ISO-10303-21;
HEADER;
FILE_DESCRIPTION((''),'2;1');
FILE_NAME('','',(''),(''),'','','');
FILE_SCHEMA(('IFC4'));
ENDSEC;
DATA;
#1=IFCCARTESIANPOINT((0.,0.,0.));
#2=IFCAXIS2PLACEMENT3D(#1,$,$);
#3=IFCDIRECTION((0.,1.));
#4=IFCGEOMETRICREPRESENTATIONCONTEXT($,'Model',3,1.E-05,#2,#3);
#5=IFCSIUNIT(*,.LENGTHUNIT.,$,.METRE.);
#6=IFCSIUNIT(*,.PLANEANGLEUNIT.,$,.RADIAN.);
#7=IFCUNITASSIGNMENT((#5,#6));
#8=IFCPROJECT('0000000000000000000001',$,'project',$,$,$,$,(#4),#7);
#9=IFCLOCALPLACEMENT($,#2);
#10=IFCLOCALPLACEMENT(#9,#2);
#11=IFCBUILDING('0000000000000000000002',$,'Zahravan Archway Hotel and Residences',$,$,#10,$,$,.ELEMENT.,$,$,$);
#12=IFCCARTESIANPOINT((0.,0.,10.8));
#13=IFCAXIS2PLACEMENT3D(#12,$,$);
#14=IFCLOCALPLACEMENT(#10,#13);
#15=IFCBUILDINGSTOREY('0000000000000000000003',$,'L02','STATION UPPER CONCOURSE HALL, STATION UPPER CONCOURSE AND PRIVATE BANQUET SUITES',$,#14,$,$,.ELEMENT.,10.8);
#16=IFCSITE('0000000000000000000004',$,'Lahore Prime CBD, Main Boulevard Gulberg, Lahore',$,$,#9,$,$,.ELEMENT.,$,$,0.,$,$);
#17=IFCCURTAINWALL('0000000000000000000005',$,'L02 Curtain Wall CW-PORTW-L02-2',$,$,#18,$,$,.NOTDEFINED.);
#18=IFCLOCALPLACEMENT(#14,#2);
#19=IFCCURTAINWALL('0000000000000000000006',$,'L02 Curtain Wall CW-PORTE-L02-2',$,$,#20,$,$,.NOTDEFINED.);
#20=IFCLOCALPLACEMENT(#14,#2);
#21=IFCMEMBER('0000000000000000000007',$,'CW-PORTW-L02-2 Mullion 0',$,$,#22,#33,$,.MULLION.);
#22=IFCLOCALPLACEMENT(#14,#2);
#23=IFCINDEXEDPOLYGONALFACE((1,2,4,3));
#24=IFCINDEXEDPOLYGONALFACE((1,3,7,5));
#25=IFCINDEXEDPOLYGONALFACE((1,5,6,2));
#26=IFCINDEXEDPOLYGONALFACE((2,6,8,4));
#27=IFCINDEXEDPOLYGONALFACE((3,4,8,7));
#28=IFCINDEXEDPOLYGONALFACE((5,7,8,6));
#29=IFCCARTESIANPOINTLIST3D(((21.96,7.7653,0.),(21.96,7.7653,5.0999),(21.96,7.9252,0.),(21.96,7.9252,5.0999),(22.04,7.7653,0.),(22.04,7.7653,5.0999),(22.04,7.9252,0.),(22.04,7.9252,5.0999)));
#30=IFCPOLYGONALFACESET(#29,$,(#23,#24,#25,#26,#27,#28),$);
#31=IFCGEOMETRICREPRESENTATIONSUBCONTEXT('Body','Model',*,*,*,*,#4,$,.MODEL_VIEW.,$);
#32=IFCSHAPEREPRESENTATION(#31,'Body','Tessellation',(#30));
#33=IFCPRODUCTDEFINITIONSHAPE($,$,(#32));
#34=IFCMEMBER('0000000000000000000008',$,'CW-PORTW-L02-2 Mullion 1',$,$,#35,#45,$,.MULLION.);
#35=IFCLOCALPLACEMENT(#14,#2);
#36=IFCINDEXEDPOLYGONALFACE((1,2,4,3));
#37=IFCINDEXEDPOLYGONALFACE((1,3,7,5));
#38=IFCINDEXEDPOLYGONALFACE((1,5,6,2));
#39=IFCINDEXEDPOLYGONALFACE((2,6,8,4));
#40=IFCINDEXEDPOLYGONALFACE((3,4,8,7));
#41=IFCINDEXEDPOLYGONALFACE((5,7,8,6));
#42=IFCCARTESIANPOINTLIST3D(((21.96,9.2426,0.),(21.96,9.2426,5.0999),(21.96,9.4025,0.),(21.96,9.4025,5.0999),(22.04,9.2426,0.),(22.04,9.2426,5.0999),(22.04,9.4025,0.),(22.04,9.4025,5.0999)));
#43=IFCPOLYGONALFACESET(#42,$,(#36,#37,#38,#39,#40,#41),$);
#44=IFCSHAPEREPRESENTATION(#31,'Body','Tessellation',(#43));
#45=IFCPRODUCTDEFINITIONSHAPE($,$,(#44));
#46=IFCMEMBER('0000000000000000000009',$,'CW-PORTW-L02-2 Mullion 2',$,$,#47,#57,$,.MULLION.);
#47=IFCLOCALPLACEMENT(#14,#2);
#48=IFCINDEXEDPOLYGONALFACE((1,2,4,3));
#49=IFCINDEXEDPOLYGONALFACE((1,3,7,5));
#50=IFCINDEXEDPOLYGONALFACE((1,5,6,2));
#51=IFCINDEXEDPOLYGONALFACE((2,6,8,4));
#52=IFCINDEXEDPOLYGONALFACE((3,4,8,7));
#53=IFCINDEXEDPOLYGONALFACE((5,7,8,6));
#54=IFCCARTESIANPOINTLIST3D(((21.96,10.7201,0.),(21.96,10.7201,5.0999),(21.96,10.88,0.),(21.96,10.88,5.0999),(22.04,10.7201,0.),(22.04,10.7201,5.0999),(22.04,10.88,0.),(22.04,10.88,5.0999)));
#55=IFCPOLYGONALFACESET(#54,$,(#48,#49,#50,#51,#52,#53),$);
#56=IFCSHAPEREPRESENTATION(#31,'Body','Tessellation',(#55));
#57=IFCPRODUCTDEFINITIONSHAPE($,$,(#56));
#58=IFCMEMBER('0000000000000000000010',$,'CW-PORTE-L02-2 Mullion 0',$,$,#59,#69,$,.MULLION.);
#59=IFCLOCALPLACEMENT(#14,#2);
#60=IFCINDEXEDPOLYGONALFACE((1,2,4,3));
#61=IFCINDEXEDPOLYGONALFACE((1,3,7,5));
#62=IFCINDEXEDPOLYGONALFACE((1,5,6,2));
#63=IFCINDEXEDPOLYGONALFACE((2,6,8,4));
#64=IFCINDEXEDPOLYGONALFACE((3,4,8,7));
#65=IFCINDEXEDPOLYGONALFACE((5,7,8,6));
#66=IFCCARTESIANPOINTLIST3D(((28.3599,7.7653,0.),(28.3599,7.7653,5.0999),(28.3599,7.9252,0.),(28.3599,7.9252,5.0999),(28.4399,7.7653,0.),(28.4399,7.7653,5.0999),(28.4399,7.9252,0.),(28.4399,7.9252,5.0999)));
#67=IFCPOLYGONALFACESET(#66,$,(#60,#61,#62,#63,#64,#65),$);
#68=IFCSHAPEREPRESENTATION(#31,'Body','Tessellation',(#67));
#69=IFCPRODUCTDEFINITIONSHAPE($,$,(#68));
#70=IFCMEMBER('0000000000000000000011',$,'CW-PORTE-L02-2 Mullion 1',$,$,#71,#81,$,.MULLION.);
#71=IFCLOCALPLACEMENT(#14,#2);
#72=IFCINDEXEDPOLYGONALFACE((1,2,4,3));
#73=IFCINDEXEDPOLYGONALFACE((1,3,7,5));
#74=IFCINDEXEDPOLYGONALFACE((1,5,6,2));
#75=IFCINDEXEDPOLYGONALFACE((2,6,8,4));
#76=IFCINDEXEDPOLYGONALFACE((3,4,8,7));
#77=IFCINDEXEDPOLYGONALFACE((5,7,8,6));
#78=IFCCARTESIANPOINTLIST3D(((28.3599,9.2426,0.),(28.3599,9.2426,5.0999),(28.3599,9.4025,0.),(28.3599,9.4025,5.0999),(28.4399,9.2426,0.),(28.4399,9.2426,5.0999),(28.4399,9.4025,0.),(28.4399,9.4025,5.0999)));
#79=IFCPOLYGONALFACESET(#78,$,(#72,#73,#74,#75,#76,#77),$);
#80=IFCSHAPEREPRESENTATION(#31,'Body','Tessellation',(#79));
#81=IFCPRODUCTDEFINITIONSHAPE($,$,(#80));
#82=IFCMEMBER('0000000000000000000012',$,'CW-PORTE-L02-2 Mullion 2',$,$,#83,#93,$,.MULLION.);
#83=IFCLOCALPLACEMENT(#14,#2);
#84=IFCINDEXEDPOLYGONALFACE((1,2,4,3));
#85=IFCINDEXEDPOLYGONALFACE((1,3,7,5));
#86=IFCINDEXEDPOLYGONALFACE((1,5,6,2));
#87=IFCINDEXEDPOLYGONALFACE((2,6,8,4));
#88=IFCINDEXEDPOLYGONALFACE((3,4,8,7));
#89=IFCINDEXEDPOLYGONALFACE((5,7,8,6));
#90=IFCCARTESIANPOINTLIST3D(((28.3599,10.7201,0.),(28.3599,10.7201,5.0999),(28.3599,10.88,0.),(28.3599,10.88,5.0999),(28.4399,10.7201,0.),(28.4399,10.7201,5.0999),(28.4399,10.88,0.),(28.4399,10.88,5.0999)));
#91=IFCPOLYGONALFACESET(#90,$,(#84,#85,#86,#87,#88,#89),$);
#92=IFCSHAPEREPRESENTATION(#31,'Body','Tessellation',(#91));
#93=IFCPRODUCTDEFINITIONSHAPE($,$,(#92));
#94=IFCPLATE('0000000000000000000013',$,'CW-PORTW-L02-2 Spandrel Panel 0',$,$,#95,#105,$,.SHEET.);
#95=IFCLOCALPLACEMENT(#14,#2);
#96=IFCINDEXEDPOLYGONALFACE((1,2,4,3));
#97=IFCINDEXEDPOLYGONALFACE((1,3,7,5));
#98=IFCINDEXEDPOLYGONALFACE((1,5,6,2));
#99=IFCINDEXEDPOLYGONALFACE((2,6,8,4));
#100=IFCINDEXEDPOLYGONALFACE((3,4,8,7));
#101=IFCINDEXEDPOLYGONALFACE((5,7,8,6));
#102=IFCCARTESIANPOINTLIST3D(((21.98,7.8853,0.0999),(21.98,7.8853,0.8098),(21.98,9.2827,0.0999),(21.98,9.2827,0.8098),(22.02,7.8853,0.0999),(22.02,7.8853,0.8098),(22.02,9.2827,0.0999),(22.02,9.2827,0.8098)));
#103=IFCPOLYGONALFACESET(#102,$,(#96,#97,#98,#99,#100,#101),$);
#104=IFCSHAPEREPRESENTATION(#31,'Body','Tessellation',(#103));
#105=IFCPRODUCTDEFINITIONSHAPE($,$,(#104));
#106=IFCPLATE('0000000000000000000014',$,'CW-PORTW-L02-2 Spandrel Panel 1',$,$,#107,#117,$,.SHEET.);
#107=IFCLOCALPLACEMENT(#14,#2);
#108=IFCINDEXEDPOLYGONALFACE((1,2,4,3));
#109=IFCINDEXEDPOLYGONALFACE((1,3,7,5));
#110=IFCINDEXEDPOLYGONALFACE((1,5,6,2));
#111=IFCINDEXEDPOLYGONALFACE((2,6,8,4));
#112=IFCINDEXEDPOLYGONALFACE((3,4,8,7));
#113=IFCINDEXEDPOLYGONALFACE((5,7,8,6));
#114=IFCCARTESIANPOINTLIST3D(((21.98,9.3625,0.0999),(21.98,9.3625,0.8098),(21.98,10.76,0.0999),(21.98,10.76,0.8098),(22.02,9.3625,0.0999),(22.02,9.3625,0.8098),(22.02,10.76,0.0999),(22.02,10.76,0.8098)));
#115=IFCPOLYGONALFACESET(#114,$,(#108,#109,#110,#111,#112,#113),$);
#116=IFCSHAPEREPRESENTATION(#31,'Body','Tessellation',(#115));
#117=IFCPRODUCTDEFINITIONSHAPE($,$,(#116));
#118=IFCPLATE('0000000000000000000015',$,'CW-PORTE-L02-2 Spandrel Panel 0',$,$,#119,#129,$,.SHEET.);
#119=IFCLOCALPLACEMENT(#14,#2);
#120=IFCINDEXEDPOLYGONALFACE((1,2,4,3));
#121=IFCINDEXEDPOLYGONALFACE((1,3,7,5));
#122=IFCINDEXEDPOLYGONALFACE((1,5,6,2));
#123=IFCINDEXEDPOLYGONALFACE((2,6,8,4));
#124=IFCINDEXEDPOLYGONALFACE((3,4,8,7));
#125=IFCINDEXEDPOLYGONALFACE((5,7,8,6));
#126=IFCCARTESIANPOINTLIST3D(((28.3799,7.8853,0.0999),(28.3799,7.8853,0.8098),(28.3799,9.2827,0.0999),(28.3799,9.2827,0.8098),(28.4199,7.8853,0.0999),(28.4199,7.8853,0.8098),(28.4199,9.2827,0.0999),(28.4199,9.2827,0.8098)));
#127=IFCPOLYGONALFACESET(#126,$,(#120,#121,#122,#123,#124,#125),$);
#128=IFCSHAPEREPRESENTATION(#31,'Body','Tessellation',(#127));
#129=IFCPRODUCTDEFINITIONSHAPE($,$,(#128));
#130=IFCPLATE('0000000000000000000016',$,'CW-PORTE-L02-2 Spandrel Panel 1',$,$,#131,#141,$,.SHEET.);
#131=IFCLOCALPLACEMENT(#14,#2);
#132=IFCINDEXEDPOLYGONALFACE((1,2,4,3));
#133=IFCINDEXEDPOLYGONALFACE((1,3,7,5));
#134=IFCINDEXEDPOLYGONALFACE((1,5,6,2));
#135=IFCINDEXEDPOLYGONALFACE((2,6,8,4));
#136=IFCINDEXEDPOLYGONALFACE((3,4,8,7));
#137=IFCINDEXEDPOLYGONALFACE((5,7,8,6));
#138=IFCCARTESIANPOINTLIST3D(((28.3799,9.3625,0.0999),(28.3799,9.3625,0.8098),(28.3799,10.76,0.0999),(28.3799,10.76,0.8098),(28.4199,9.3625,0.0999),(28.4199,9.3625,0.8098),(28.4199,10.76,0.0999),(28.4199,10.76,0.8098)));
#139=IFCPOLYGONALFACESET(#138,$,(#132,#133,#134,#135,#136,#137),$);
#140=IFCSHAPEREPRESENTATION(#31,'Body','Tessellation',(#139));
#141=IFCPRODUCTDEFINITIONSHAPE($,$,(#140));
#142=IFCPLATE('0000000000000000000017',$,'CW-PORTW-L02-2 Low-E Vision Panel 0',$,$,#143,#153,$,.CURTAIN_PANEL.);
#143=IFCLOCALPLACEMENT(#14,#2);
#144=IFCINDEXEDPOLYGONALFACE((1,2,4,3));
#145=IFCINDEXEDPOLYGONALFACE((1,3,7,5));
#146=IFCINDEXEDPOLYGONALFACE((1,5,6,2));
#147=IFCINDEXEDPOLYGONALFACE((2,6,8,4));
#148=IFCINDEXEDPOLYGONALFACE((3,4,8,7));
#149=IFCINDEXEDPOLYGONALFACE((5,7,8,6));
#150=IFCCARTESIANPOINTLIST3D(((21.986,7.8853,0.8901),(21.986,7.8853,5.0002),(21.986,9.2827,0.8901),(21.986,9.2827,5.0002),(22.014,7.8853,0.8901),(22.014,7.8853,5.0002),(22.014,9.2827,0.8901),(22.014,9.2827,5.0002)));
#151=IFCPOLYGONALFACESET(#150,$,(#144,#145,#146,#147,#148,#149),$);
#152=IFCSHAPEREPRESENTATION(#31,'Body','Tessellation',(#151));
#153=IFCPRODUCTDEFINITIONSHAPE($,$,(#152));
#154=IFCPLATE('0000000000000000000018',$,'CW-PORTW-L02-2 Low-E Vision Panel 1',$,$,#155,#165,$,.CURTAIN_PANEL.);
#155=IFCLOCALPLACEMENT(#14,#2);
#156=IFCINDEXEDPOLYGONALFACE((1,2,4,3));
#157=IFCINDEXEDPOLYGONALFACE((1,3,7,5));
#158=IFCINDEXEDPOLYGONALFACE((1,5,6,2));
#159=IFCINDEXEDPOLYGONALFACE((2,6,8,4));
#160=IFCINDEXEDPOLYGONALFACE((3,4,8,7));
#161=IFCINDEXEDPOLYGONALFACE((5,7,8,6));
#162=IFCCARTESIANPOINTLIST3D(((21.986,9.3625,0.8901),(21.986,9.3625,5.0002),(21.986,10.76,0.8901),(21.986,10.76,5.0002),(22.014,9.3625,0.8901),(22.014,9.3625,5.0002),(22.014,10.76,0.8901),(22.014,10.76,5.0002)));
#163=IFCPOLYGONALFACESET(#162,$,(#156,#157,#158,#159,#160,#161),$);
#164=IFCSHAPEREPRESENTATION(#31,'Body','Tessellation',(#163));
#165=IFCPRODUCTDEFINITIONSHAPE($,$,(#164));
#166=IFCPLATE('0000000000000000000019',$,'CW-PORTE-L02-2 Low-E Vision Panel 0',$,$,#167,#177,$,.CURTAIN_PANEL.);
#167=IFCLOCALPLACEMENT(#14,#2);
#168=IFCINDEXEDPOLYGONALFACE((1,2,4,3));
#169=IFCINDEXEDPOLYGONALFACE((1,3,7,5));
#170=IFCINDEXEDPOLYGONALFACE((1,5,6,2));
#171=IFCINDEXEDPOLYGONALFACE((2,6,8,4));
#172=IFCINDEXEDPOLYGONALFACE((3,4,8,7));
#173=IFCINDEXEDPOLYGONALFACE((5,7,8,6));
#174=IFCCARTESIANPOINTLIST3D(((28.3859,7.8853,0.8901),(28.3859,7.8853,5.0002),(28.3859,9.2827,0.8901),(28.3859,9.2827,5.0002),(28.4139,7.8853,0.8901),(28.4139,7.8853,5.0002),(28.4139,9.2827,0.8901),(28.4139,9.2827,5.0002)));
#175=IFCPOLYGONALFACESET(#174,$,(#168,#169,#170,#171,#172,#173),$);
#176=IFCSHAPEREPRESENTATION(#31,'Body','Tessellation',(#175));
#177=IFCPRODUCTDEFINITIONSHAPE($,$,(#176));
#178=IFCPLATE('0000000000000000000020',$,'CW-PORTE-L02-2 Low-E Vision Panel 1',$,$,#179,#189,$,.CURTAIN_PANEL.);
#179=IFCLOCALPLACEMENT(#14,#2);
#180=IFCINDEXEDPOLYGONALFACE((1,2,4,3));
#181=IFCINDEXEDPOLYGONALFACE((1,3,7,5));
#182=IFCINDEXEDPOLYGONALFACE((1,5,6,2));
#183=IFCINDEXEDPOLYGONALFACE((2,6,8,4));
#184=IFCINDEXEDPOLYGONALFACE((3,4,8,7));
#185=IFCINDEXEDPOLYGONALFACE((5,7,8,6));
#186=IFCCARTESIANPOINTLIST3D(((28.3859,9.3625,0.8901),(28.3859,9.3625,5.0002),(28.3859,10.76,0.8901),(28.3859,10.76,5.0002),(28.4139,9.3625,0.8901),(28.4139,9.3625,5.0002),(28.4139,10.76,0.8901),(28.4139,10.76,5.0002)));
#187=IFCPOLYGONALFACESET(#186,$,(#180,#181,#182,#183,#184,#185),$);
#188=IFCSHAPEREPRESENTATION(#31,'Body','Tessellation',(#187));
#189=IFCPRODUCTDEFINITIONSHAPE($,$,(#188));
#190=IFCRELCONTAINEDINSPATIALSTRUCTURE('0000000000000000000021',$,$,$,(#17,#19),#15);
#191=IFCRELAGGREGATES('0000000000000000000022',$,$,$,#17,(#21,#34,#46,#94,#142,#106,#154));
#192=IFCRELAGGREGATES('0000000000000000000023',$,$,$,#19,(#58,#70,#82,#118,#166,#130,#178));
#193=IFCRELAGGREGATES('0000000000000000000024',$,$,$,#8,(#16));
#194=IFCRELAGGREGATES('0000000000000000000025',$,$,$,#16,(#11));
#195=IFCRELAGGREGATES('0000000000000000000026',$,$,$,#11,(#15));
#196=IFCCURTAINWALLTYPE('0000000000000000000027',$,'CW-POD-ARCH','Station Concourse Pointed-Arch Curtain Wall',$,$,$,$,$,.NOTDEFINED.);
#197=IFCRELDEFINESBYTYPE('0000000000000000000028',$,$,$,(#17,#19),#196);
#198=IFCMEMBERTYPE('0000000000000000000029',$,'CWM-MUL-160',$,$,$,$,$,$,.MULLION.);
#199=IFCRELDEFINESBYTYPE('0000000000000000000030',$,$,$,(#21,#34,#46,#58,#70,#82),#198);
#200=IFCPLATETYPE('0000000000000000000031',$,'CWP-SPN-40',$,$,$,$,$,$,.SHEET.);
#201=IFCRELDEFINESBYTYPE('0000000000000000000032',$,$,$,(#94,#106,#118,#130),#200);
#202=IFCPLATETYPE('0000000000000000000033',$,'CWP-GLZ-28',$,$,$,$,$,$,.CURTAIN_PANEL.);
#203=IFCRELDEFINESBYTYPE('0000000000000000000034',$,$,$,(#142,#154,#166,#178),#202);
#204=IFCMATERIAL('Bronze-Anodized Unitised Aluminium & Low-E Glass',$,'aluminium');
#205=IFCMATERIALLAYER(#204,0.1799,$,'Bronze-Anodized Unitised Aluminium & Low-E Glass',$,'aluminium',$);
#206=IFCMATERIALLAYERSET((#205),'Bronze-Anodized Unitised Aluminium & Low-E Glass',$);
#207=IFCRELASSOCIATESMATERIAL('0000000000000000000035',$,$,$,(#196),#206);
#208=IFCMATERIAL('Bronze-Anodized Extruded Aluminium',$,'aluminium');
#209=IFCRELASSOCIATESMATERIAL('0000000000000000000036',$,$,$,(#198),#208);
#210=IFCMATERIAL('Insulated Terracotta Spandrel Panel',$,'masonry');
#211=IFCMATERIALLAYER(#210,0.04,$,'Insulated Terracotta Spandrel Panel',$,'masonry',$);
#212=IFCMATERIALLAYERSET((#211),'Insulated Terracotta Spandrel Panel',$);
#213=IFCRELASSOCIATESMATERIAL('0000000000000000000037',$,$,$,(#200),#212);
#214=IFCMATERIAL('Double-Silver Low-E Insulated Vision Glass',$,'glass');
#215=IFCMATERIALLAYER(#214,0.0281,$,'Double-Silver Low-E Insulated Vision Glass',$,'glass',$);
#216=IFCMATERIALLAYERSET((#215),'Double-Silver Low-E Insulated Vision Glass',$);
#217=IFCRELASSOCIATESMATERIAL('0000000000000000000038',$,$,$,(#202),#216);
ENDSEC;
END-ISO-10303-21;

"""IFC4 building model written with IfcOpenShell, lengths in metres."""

from ifc_helpers import new_model, si_unit, direction, frame, origin, origin_2d, place, context, subcontext, project, spatial, rectangle, extrude, source, transform, mapped, material, layer, layer_set, material_profile, profile_set, type_object, element, aggregate, save


model = new_model("IFC4")

# Units and contexts
model_context = context("Model", 3, precision=1e-05, world=origin(), true_north=direction((0.0, 1.0)))
body_context = subcontext(model_context, "Body", "Model", "MODEL_VIEW")
ifc_project = project(units=[si_unit("LENGTHUNIT", "METRE"), si_unit("PLANEANGLEUNIT", "RADIAN")], contexts=[model_context])

# Site, building, storey
site_placement = place(None, origin())
site = spatial("IfcSite", under=ifc_project, at=site_placement, Name="Lahore Prime CBD, Main Boulevard Gulberg, Lahore", CompositionType="ELEMENT", RefElevation=0.0)
building_placement = place(site_placement, origin())
building = spatial("IfcBuilding", under=site, at=building_placement, Name="Zahravan Archway Hotel and Residences", CompositionType="ELEMENT")
storey_placement = place(building_placement, frame((0.0, 0.0, 10.8)))
storey = spatial("IfcBuildingStorey", under=building, at=storey_placement, Name="L02", Description="STATION UPPER CONCOURSE HALL, STATION UPPER CONCOURSE AND PRIVATE BANQUET SUITES", CompositionType="ELEMENT", Elevation=10.8)

# Curtain walls
ifc_material_1 = material(Name="Bronze-Anodized Unitised Aluminium & Low-E Glass", Category="aluminium")
ifc_layer_1 = layer(ifc_material_1, 0.1799, Name="Bronze-Anodized Unitised Aluminium & Low-E Glass", Category="aluminium")
ifc_layer_set_1 = layer_set([ifc_layer_1], Name="Bronze-Anodized Unitised Aluminium & Low-E Glass")
curtain_wall_type = type_object("IfcCurtainWallType", Name="CW-POD-ARCH", Description="Station Concourse Pointed-Arch Curtain Wall", PredefinedType="NOTDEFINED", material=ifc_layer_set_1)
curtain_wall_1_placement = place(storey_placement, origin())
curtain_wall_1 = element("IfcCurtainWall", 1, at=curtain_wall_1_placement, inside=storey, type_object=curtain_wall_type, Name="L02 Curtain Wall CW-PORTW-L02-2", PredefinedType="NOTDEFINED")
ifc_material_2 = material(Name="Bronze-Anodized Extruded Aluminium", Category="aluminium")
curtain_wall_2_placement = place(storey_placement, origin())
curtain_wall_2 = element("IfcCurtainWall", 2, at=curtain_wall_2_placement, inside=storey, type_object=curtain_wall_type, Name="L02 Curtain Wall CW-PORTE-L02-2", PredefinedType="NOTDEFINED")

# Members
ifc_material_profile_1 = material_profile(ifc_material_2, rectangle(XDim=0.0801, YDim=0.1599, at=origin_2d()), Name="MUL 80x160", Category="aluminium")
ifc_profile_set_1 = profile_set([ifc_material_profile_1], Name="Bronze-Anodized Extruded Aluminium")
member_type_1 = type_object("IfcMemberType", Name="CWM-MUL-160", PredefinedType="MULLION", material=ifc_profile_set_1)
shared_shape_1 = source(origin(), body_context, "Body", "SweptSolid", [
    extrude(rectangle(XDim=0.0801, YDim=0.1599, at=origin_2d()), origin(), (0.0, 0.0, 1.0), 5.0999),
])
member_1_placement = place(storey_placement, frame((22.0, 7.8452, 0.0), z_axis=(0.0, 0.0, 1.0), x_axis=(1.0, 0.0, 0.0)))
member_1 = element("IfcMember", 3, at=member_1_placement, type_object=member_type_1, Name="CW-PORTW-L02-2 Mullion 0", PredefinedType="MULLION", context=body_context, shape_type="MappedRepresentation", body=[
    mapped(shared_shape_1, transform((0.0, 0.0, 0.0), scale=1.0)),
])
member_2_placement = place(storey_placement, frame((22.0, 9.3225, 0.0), z_axis=(0.0, 0.0, 1.0), x_axis=(1.0, 0.0, 0.0)))
member_2 = element("IfcMember", 4, at=member_2_placement, type_object=member_type_1, Name="CW-PORTW-L02-2 Mullion 1", PredefinedType="MULLION", context=body_context, shape_type="MappedRepresentation", body=[
    mapped(shared_shape_1, transform((0.0, 0.0, 0.0), scale=1.0)),
])
member_3_placement = place(storey_placement, frame((22.0, 10.8, 0.0), z_axis=(0.0, 0.0, 1.0), x_axis=(1.0, 0.0, 0.0)))
member_3 = element("IfcMember", 5, at=member_3_placement, type_object=member_type_1, Name="CW-PORTW-L02-2 Mullion 2", PredefinedType="MULLION", context=body_context, shape_type="MappedRepresentation", body=[
    mapped(shared_shape_1, transform((0.0, 0.0, 0.0), scale=1.0)),
])
member_4_placement = place(storey_placement, frame((28.3999, 7.8452, 0.0), z_axis=(0.0, 0.0, 1.0), x_axis=(1.0, 0.0, 0.0)))
member_4 = element("IfcMember", 6, at=member_4_placement, type_object=member_type_1, Name="CW-PORTE-L02-2 Mullion 0", PredefinedType="MULLION", context=body_context, shape_type="MappedRepresentation", body=[
    mapped(shared_shape_1, transform((0.0, 0.0, 0.0), scale=1.0)),
])
member_5_placement = place(storey_placement, frame((28.3999, 9.3225, 0.0), z_axis=(0.0, 0.0, 1.0), x_axis=(1.0, 0.0, 0.0)))
member_5 = element("IfcMember", 7, at=member_5_placement, type_object=member_type_1, Name="CW-PORTE-L02-2 Mullion 1", PredefinedType="MULLION", context=body_context, shape_type="MappedRepresentation", body=[
    mapped(shared_shape_1, transform((0.0, 0.0, 0.0), scale=1.0)),
])
member_6_placement = place(storey_placement, frame((28.3999, 10.8, 0.0), z_axis=(0.0, 0.0, 1.0), x_axis=(1.0, 0.0, 0.0)))
member_6 = element("IfcMember", 8, at=member_6_placement, type_object=member_type_1, Name="CW-PORTE-L02-2 Mullion 2", PredefinedType="MULLION", context=body_context, shape_type="MappedRepresentation", body=[
    mapped(shared_shape_1, transform((0.0, 0.0, 0.0), scale=1.0)),
])

# Plates
ifc_material_3 = material(Name="Insulated Terracotta Spandrel Panel", Category="masonry")
ifc_layer_2 = layer(ifc_material_3, 0.04, Name="Insulated Terracotta Spandrel Panel", Category="masonry")
ifc_layer_set_2 = layer_set([ifc_layer_2], Name="Insulated Terracotta Spandrel Panel")
plate_type_1 = type_object("IfcPlateType", Name="CWP-SPN-40", PredefinedType="SHEET", material=ifc_layer_set_2)
shared_shape_2 = source(origin(), body_context, "Body", "SweptSolid", [
    extrude(rectangle(XDim=1.3975, YDim=0.04, at=origin_2d()), origin(), (0.0, 0.0, 1.0), 0.71),
])
plate_1_placement = place(storey_placement, frame((22.0, 8.584, 0.0999), z_axis=(0.0, 0.0, 1.0), x_axis=(0.0, 1.0, 0.0)))
plate_1 = element("IfcPlate", 9, at=plate_1_placement, type_object=plate_type_1, Name="CW-PORTW-L02-2 Spandrel Panel 0", PredefinedType="SHEET", context=body_context, shape_type="MappedRepresentation", body=[
    mapped(shared_shape_2, transform((0.0, 0.0, 0.0), scale=1.0)),
])
plate_2_placement = place(storey_placement, frame((22.0, 10.0613, 0.0999), z_axis=(0.0, 0.0, 1.0), x_axis=(0.0, 1.0, 0.0)))
plate_2 = element("IfcPlate", 10, at=plate_2_placement, type_object=plate_type_1, Name="CW-PORTW-L02-2 Spandrel Panel 1", PredefinedType="SHEET", context=body_context, shape_type="MappedRepresentation", body=[
    mapped(shared_shape_2, transform((0.0, 0.0, 0.0), scale=1.0)),
])
plate_3_placement = place(storey_placement, frame((28.3999, 8.584, 0.0999), z_axis=(0.0, 0.0, 1.0), x_axis=(0.0, 1.0, 0.0)))
plate_3 = element("IfcPlate", 11, at=plate_3_placement, type_object=plate_type_1, Name="CW-PORTE-L02-2 Spandrel Panel 0", PredefinedType="SHEET", context=body_context, shape_type="MappedRepresentation", body=[
    mapped(shared_shape_2, transform((0.0, 0.0, 0.0), scale=1.0)),
])
plate_4_placement = place(storey_placement, frame((28.3999, 10.0613, 0.0999), z_axis=(0.0, 0.0, 1.0), x_axis=(0.0, 1.0, 0.0)))
plate_4 = element("IfcPlate", 12, at=plate_4_placement, type_object=plate_type_1, Name="CW-PORTE-L02-2 Spandrel Panel 1", PredefinedType="SHEET", context=body_context, shape_type="MappedRepresentation", body=[
    mapped(shared_shape_2, transform((0.0, 0.0, 0.0), scale=1.0)),
])
ifc_material_4 = material(Name="Double-Silver Low-E Insulated Vision Glass", Category="glass")
ifc_layer_3 = layer(ifc_material_4, 0.0281, Name="Double-Silver Low-E Insulated Vision Glass", Category="glass")
ifc_layer_set_3 = layer_set([ifc_layer_3], Name="Double-Silver Low-E Insulated Vision Glass")
plate_type_2 = type_object("IfcPlateType", Name="CWP-GLZ-28", PredefinedType="CURTAIN_PANEL", material=ifc_layer_set_3)
shared_shape_3 = source(origin(), body_context, "Body", "SweptSolid", [
    extrude(rectangle(XDim=1.3975, YDim=0.0281, at=origin_2d()), origin(), (0.0, 0.0, 1.0), 4.1101),
])
plate_5_placement = place(storey_placement, frame((22.0, 8.584, 0.8901), z_axis=(0.0, 0.0, 1.0), x_axis=(0.0, 1.0, 0.0)))
plate_5 = element("IfcPlate", 13, at=plate_5_placement, type_object=plate_type_2, Name="CW-PORTW-L02-2 Low-E Vision Panel 0", PredefinedType="CURTAIN_PANEL", context=body_context, shape_type="MappedRepresentation", body=[
    mapped(shared_shape_3, transform((0.0, 0.0, 0.0), scale=1.0)),
])
plate_6_placement = place(storey_placement, frame((22.0, 10.0613, 0.8901), z_axis=(0.0, 0.0, 1.0), x_axis=(0.0, 1.0, 0.0)))
plate_6 = element("IfcPlate", 14, at=plate_6_placement, type_object=plate_type_2, Name="CW-PORTW-L02-2 Low-E Vision Panel 1", PredefinedType="CURTAIN_PANEL", context=body_context, shape_type="MappedRepresentation", body=[
    mapped(shared_shape_3, transform((0.0, 0.0, 0.0), scale=1.0)),
])
aggregate(curtain_wall_1, [member_1, member_2, member_3, plate_1, plate_5, plate_2, plate_6])
plate_7_placement = place(storey_placement, frame((28.3999, 8.584, 0.8901), z_axis=(0.0, 0.0, 1.0), x_axis=(0.0, 1.0, 0.0)))
plate_7 = element("IfcPlate", 15, at=plate_7_placement, type_object=plate_type_2, Name="CW-PORTE-L02-2 Low-E Vision Panel 0", PredefinedType="CURTAIN_PANEL", context=body_context, shape_type="MappedRepresentation", body=[
    mapped(shared_shape_3, transform((0.0, 0.0, 0.0), scale=1.0)),
])
plate_8_placement = place(storey_placement, frame((28.3999, 10.0613, 0.8901), z_axis=(0.0, 0.0, 1.0), x_axis=(0.0, 1.0, 0.0)))
plate_8 = element("IfcPlate", 16, at=plate_8_placement, type_object=plate_type_2, Name="CW-PORTE-L02-2 Low-E Vision Panel 1", PredefinedType="CURTAIN_PANEL", context=body_context, shape_type="MappedRepresentation", body=[
    mapped(shared_shape_3, transform((0.0, 0.0, 0.0), scale=1.0)),
])
aggregate(curtain_wall_2, [member_4, member_5, member_6, plate_3, plate_7, plate_4, plate_8])

save(model, "model.ifc")
